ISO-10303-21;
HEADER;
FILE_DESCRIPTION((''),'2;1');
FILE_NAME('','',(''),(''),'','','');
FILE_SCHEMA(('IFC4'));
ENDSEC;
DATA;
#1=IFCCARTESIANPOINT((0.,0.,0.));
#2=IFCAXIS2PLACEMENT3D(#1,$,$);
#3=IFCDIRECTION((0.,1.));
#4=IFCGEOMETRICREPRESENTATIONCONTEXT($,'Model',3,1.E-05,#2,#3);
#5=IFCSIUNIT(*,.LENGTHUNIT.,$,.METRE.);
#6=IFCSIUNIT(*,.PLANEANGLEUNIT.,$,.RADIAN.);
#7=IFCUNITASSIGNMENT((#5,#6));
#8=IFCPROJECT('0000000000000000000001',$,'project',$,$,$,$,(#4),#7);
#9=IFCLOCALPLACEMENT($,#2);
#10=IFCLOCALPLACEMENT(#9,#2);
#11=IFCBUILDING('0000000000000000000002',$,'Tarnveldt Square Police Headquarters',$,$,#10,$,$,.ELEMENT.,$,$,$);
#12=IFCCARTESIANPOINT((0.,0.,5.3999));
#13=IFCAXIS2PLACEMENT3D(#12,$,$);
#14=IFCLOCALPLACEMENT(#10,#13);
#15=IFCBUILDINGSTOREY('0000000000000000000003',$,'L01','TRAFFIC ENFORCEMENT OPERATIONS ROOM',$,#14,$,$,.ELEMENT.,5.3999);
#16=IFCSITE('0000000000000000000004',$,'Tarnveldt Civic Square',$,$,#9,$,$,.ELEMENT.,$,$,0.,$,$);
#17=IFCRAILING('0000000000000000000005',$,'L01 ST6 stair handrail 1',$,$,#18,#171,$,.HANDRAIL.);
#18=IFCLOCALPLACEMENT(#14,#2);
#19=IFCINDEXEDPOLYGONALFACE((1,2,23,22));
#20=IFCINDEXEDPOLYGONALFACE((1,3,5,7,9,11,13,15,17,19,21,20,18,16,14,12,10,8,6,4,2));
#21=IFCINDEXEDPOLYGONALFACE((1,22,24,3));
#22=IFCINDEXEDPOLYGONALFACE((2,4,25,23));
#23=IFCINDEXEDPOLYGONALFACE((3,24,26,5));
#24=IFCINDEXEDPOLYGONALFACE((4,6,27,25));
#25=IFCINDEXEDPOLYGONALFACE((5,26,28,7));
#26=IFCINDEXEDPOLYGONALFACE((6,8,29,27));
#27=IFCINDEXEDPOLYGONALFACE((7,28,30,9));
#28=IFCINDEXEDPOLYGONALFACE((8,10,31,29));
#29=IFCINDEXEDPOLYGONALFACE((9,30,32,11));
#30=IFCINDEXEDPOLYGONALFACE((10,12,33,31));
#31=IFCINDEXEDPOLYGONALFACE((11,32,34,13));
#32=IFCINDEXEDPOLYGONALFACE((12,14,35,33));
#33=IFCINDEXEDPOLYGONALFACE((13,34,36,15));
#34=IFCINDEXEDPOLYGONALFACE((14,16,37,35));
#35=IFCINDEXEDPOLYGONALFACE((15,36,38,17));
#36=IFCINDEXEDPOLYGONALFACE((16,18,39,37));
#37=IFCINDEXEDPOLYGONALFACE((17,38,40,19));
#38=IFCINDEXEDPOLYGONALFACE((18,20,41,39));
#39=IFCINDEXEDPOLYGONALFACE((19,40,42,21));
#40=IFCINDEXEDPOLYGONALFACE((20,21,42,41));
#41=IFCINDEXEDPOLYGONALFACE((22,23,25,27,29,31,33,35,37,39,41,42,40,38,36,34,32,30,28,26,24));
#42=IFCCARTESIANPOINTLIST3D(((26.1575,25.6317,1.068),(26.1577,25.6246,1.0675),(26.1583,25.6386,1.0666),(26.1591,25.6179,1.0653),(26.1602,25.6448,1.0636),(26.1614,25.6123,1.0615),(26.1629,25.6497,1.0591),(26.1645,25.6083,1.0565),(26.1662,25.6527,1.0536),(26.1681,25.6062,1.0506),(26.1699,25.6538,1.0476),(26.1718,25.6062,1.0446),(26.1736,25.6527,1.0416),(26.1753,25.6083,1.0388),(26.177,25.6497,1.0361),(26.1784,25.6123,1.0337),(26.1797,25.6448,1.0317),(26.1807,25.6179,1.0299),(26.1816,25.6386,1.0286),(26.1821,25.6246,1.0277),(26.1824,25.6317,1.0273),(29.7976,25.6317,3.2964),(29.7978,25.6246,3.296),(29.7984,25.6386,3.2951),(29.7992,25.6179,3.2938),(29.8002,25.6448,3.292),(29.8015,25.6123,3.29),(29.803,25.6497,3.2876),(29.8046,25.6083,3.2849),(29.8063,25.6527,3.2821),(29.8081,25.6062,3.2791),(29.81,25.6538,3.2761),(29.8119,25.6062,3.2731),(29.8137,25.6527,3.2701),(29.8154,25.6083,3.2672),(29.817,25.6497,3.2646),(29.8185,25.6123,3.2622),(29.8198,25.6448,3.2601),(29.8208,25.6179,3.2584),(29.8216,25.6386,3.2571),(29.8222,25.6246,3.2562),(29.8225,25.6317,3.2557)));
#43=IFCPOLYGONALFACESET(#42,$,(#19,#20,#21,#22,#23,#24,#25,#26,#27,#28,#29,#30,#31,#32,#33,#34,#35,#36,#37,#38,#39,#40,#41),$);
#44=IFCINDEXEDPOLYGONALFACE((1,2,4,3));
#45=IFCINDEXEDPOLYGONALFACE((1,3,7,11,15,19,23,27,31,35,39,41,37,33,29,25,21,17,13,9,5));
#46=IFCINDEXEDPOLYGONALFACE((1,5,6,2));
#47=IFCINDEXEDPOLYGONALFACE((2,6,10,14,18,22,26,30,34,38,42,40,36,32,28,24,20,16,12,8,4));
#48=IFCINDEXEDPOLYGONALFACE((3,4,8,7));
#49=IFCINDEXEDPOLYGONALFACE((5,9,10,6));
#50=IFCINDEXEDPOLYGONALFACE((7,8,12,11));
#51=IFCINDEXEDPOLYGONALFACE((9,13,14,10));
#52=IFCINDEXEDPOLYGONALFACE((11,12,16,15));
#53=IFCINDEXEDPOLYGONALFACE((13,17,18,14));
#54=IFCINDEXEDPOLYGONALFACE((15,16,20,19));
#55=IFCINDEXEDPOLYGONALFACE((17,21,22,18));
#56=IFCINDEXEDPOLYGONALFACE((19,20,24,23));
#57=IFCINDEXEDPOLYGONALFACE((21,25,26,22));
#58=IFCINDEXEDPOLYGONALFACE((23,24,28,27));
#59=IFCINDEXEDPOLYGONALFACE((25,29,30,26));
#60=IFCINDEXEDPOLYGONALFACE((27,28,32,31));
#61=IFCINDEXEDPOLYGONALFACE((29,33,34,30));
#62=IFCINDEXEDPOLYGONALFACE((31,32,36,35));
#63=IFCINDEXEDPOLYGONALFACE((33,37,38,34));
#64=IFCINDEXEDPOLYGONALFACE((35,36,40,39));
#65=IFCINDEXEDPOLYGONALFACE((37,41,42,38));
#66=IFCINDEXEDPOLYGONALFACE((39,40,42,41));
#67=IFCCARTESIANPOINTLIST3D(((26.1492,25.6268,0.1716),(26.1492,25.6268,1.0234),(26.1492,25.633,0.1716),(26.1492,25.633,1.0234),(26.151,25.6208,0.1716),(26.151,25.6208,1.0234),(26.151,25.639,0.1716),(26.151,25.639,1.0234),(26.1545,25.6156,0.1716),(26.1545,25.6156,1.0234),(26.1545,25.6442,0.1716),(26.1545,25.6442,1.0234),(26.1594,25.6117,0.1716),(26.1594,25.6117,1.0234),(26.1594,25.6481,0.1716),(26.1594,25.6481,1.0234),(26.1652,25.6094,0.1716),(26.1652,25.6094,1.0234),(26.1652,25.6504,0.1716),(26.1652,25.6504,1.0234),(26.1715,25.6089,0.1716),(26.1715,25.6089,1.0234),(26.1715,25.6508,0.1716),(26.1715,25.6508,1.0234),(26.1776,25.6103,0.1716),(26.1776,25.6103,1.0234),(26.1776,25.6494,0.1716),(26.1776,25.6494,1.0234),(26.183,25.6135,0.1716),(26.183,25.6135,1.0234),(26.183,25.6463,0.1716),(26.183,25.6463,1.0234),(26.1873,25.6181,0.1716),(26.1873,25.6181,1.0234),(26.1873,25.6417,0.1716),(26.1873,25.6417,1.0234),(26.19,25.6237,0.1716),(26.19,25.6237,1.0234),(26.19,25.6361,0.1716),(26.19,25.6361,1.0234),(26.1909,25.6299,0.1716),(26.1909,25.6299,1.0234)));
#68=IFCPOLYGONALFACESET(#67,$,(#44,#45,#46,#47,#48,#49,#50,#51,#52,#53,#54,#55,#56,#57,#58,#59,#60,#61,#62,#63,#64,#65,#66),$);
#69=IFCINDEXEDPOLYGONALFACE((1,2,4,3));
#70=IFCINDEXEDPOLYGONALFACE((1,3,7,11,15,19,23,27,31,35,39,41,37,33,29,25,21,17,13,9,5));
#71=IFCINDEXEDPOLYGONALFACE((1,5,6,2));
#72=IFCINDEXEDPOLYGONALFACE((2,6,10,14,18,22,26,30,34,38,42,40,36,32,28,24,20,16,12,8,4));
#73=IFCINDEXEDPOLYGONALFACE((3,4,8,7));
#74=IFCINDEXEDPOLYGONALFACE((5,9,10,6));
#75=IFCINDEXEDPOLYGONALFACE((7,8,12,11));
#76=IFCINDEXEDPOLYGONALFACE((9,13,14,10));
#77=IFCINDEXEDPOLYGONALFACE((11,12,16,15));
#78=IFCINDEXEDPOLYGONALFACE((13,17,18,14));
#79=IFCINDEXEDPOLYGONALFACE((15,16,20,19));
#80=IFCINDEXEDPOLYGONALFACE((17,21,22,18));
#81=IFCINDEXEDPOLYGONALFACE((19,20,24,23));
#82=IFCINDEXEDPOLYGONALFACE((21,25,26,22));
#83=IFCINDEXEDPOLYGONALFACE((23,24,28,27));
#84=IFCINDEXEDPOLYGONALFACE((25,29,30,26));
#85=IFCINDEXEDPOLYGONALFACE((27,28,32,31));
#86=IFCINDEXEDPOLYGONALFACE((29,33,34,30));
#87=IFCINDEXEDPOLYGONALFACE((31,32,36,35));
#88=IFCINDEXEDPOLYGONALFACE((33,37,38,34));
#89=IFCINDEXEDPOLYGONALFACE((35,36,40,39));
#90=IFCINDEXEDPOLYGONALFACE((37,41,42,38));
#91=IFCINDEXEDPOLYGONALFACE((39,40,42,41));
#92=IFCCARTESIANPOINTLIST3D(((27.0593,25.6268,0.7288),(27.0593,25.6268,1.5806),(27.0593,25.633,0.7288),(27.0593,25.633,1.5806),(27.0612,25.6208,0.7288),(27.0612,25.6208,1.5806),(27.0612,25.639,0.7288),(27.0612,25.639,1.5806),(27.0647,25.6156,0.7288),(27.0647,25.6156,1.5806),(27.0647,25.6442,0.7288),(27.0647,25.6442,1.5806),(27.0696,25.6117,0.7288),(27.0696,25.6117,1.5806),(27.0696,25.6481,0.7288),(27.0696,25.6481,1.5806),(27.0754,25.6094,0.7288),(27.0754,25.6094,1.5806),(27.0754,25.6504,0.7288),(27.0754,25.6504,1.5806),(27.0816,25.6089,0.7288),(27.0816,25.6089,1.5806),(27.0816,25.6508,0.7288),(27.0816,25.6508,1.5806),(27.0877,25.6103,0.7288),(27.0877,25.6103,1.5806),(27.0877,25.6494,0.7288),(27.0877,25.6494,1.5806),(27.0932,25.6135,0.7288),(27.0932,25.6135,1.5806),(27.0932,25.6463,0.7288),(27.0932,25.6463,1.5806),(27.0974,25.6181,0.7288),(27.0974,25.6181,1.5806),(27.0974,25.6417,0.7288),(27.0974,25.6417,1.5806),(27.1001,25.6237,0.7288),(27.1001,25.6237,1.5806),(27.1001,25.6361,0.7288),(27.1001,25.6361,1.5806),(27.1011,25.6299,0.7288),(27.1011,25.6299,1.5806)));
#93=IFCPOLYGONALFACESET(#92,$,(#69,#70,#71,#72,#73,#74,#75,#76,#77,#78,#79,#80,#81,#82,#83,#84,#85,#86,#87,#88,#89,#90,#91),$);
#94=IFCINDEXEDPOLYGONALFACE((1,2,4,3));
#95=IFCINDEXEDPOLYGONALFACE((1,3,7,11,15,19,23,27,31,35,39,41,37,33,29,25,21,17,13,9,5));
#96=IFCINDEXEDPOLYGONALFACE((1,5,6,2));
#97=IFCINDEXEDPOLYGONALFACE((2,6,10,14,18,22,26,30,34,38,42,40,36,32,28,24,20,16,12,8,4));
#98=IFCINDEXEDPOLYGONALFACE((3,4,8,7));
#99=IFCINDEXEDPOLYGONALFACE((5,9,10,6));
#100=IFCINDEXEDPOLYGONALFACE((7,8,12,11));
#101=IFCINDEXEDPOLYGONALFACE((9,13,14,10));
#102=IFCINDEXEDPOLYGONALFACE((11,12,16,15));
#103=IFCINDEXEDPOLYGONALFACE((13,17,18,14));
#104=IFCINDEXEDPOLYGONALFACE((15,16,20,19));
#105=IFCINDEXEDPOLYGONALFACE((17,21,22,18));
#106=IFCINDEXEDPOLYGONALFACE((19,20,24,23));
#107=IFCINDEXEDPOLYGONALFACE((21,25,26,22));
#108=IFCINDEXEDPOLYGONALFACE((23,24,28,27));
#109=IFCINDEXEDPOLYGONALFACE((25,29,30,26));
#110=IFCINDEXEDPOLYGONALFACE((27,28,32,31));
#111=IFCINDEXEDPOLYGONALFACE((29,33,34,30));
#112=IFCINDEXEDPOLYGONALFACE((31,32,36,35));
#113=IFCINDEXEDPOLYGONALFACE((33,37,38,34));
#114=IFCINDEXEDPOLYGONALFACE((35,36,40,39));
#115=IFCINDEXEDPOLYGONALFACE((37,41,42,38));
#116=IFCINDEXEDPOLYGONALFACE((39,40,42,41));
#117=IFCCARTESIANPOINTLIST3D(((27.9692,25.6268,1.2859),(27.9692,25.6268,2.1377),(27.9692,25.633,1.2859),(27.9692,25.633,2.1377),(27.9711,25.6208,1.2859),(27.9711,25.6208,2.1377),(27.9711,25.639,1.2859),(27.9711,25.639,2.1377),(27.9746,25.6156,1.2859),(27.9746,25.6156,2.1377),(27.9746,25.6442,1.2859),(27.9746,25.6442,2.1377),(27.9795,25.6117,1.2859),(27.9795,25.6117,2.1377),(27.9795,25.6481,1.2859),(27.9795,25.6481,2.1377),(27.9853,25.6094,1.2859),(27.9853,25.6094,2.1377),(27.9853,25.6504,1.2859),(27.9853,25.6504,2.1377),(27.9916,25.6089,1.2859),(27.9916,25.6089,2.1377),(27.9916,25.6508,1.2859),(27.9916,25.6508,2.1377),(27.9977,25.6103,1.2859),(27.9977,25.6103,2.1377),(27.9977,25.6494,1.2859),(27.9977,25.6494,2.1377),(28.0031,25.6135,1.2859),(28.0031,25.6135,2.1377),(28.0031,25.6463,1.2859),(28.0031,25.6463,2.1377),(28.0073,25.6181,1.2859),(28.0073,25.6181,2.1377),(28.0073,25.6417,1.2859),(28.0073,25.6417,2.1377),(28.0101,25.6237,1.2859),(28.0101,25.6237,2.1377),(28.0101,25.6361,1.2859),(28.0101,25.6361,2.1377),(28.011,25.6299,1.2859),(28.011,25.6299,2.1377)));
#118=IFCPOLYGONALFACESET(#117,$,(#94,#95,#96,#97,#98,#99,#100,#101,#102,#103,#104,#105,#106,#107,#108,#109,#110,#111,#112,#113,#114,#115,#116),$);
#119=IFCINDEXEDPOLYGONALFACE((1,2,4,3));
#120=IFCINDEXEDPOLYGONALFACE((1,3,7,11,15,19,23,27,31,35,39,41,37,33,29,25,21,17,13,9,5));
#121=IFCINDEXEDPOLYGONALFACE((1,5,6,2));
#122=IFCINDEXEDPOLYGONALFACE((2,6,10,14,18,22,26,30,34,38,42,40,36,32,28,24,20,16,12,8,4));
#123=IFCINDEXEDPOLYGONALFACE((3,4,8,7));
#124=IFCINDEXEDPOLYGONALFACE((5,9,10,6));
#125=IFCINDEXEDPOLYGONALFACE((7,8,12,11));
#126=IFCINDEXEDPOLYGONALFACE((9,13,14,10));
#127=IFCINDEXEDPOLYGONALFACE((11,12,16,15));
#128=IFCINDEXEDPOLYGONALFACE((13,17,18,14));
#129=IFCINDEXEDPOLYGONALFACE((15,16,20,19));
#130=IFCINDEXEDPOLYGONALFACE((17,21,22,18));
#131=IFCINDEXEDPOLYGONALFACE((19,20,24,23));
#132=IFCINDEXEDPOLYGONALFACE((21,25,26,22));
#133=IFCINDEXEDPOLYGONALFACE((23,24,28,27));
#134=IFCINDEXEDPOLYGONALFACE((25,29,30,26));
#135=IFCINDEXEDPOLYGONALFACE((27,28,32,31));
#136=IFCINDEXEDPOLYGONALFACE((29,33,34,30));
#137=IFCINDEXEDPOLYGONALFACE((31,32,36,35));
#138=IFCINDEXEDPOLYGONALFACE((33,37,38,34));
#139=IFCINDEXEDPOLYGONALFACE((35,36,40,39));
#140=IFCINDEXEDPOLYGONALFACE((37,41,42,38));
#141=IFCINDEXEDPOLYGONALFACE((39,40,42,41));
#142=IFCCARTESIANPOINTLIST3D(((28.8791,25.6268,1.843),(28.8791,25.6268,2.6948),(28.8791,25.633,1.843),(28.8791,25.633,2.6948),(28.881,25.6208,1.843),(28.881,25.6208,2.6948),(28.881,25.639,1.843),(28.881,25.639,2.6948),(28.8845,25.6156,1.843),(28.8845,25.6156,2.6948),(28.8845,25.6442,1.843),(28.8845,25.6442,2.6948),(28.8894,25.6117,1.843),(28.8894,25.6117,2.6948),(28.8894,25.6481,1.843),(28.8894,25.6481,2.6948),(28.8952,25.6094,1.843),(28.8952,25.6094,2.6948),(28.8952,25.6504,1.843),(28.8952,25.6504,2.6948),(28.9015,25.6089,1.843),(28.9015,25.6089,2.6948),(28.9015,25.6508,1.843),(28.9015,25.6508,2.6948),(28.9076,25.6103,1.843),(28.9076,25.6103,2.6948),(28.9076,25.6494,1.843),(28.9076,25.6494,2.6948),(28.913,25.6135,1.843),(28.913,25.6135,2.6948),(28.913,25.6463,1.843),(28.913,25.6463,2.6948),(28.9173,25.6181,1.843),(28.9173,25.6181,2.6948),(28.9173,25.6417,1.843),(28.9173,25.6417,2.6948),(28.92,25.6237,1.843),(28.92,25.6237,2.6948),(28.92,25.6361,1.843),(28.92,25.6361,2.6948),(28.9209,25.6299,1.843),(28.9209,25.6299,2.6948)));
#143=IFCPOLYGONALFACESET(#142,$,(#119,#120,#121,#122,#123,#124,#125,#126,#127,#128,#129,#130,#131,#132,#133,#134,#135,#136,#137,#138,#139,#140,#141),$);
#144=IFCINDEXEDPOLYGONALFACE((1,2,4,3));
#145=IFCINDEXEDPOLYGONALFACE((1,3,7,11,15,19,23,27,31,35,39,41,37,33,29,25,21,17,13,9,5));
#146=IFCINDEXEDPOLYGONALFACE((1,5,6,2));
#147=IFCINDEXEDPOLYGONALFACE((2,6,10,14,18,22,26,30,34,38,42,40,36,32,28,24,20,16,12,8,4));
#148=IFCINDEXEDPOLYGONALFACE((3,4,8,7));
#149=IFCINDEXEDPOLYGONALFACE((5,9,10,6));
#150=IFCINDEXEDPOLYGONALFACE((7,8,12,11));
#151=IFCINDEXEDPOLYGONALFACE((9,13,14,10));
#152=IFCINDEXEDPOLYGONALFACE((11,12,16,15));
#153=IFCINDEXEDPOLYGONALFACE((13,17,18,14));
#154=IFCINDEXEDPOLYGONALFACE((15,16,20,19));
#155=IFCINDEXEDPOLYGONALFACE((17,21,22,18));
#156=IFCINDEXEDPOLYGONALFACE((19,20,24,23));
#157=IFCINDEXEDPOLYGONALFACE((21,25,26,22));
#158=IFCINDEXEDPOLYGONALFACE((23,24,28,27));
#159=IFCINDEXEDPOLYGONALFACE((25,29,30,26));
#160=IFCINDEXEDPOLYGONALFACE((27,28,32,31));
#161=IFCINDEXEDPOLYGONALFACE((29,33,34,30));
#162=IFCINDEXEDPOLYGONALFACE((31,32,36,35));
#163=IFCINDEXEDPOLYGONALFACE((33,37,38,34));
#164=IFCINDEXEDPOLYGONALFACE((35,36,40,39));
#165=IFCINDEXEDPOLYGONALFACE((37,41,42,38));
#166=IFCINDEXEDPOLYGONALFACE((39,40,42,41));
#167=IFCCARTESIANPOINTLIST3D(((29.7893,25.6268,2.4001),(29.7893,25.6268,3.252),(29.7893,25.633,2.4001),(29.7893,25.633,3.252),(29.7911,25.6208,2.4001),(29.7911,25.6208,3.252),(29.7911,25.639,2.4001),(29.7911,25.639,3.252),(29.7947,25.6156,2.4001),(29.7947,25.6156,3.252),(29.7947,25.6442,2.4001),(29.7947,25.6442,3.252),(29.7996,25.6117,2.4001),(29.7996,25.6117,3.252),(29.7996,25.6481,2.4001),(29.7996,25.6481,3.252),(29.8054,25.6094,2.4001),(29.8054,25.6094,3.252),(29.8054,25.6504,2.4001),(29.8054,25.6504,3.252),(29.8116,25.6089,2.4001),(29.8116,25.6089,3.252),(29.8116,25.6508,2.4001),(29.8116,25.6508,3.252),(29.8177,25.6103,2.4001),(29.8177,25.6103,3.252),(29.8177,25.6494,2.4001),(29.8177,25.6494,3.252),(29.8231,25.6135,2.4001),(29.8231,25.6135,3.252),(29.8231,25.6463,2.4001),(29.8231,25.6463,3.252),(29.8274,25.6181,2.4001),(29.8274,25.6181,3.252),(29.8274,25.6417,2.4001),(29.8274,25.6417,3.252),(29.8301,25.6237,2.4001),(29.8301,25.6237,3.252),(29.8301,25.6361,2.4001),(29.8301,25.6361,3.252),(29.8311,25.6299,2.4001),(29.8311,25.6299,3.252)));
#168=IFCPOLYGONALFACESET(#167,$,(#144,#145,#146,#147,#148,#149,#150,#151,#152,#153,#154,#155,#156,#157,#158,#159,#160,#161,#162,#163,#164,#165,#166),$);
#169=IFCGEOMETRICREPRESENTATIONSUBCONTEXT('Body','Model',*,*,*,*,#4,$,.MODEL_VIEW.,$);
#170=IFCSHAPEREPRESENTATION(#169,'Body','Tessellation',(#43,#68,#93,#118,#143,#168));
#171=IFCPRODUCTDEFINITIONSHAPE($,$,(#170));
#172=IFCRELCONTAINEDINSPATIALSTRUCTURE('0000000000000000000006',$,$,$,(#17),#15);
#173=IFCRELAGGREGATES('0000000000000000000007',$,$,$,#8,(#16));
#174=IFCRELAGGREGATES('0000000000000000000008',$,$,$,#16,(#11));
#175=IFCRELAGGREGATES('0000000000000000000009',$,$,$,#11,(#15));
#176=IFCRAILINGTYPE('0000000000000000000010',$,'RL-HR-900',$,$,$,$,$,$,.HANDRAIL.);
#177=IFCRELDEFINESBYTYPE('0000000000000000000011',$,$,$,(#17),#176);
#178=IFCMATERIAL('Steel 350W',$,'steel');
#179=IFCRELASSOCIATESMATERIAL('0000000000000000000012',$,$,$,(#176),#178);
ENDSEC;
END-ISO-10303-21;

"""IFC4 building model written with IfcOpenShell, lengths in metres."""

from ifc_helpers import new_model, si_unit, direction, frame, origin, origin_2d, place, context, subcontext, project, spatial, circle, extrude, material, type_object, element, save


model = new_model("IFC4")

# Units and contexts
model_context = context("Model", 3, precision=1e-05, world=origin(), true_north=direction((0.0, 1.0)))
body_context = subcontext(model_context, "Body", "Model", "MODEL_VIEW")
ifc_project = project(units=[si_unit("LENGTHUNIT", "METRE"), si_unit("PLANEANGLEUNIT", "RADIAN")], contexts=[model_context])

# Site, building, storey
site_placement = place(None, origin())
site = spatial("IfcSite", under=ifc_project, at=site_placement, Name="Tarnveldt Civic Square", CompositionType="ELEMENT", RefElevation=0.0)
building_placement = place(site_placement, origin())
building = spatial("IfcBuilding", under=site, at=building_placement, Name="Tarnveldt Square Police Headquarters", CompositionType="ELEMENT")
storey_placement = place(building_placement, frame((0.0, 0.0, 5.3999)))
storey = spatial("IfcBuildingStorey", under=building, at=storey_placement, Name="L01", Description="TRAFFIC ENFORCEMENT OPERATIONS ROOM", CompositionType="ELEMENT", Elevation=5.3999)

# Railing
ifc_material_1 = material(Name="Steel 350W", Category="steel")
railing_type_1 = type_object("IfcRailingType", Name="RL-HR-900", PredefinedType="HANDRAIL", material=ifc_material_1)
railing_1_placement = place(storey_placement, frame((26.1699, 25.6299, 0.1716)))
element("IfcRailing", 1, at=railing_1_placement, inside=storey, type_object=railing_type_1, Name="L01 ST6 stair handrail 1", PredefinedType="HANDRAIL", context=body_context, shape_type="SweptSolid", body=[
    extrude(circle(Radius=0.0239, at=origin_2d()), frame((0.0, 0.0, 0.876), z_axis=(0.852866, 0.0, 0.52213), x_axis=(0.0, 1.0, 0.0)), (0.0, 0.0, 1.0), 4.2681),
    extrude(circle(Radius=0.021, at=origin_2d()), origin(), (0.0, 0.0, 1.0), 0.8518),
    extrude(circle(Radius=0.021, at=origin_2d()), frame((0.9102, 0.0, 0.5571)), (0.0, 0.0, 1.0), 0.8518),
    extrude(circle(Radius=0.021, at=origin_2d()), frame((1.8201, 0.0, 1.1143)), (0.0, 0.0, 1.0), 0.8518),
    extrude(circle(Radius=0.021, at=origin_2d()), frame((2.73, 0.0, 1.6714)), (0.0, 0.0, 1.0), 0.8518),
    extrude(circle(Radius=0.021, at=origin_2d()), frame((3.6401, 0.0, 2.2285)), (0.0, 0.0, 1.0), 0.8518),
])

save(model, "model.ifc")
